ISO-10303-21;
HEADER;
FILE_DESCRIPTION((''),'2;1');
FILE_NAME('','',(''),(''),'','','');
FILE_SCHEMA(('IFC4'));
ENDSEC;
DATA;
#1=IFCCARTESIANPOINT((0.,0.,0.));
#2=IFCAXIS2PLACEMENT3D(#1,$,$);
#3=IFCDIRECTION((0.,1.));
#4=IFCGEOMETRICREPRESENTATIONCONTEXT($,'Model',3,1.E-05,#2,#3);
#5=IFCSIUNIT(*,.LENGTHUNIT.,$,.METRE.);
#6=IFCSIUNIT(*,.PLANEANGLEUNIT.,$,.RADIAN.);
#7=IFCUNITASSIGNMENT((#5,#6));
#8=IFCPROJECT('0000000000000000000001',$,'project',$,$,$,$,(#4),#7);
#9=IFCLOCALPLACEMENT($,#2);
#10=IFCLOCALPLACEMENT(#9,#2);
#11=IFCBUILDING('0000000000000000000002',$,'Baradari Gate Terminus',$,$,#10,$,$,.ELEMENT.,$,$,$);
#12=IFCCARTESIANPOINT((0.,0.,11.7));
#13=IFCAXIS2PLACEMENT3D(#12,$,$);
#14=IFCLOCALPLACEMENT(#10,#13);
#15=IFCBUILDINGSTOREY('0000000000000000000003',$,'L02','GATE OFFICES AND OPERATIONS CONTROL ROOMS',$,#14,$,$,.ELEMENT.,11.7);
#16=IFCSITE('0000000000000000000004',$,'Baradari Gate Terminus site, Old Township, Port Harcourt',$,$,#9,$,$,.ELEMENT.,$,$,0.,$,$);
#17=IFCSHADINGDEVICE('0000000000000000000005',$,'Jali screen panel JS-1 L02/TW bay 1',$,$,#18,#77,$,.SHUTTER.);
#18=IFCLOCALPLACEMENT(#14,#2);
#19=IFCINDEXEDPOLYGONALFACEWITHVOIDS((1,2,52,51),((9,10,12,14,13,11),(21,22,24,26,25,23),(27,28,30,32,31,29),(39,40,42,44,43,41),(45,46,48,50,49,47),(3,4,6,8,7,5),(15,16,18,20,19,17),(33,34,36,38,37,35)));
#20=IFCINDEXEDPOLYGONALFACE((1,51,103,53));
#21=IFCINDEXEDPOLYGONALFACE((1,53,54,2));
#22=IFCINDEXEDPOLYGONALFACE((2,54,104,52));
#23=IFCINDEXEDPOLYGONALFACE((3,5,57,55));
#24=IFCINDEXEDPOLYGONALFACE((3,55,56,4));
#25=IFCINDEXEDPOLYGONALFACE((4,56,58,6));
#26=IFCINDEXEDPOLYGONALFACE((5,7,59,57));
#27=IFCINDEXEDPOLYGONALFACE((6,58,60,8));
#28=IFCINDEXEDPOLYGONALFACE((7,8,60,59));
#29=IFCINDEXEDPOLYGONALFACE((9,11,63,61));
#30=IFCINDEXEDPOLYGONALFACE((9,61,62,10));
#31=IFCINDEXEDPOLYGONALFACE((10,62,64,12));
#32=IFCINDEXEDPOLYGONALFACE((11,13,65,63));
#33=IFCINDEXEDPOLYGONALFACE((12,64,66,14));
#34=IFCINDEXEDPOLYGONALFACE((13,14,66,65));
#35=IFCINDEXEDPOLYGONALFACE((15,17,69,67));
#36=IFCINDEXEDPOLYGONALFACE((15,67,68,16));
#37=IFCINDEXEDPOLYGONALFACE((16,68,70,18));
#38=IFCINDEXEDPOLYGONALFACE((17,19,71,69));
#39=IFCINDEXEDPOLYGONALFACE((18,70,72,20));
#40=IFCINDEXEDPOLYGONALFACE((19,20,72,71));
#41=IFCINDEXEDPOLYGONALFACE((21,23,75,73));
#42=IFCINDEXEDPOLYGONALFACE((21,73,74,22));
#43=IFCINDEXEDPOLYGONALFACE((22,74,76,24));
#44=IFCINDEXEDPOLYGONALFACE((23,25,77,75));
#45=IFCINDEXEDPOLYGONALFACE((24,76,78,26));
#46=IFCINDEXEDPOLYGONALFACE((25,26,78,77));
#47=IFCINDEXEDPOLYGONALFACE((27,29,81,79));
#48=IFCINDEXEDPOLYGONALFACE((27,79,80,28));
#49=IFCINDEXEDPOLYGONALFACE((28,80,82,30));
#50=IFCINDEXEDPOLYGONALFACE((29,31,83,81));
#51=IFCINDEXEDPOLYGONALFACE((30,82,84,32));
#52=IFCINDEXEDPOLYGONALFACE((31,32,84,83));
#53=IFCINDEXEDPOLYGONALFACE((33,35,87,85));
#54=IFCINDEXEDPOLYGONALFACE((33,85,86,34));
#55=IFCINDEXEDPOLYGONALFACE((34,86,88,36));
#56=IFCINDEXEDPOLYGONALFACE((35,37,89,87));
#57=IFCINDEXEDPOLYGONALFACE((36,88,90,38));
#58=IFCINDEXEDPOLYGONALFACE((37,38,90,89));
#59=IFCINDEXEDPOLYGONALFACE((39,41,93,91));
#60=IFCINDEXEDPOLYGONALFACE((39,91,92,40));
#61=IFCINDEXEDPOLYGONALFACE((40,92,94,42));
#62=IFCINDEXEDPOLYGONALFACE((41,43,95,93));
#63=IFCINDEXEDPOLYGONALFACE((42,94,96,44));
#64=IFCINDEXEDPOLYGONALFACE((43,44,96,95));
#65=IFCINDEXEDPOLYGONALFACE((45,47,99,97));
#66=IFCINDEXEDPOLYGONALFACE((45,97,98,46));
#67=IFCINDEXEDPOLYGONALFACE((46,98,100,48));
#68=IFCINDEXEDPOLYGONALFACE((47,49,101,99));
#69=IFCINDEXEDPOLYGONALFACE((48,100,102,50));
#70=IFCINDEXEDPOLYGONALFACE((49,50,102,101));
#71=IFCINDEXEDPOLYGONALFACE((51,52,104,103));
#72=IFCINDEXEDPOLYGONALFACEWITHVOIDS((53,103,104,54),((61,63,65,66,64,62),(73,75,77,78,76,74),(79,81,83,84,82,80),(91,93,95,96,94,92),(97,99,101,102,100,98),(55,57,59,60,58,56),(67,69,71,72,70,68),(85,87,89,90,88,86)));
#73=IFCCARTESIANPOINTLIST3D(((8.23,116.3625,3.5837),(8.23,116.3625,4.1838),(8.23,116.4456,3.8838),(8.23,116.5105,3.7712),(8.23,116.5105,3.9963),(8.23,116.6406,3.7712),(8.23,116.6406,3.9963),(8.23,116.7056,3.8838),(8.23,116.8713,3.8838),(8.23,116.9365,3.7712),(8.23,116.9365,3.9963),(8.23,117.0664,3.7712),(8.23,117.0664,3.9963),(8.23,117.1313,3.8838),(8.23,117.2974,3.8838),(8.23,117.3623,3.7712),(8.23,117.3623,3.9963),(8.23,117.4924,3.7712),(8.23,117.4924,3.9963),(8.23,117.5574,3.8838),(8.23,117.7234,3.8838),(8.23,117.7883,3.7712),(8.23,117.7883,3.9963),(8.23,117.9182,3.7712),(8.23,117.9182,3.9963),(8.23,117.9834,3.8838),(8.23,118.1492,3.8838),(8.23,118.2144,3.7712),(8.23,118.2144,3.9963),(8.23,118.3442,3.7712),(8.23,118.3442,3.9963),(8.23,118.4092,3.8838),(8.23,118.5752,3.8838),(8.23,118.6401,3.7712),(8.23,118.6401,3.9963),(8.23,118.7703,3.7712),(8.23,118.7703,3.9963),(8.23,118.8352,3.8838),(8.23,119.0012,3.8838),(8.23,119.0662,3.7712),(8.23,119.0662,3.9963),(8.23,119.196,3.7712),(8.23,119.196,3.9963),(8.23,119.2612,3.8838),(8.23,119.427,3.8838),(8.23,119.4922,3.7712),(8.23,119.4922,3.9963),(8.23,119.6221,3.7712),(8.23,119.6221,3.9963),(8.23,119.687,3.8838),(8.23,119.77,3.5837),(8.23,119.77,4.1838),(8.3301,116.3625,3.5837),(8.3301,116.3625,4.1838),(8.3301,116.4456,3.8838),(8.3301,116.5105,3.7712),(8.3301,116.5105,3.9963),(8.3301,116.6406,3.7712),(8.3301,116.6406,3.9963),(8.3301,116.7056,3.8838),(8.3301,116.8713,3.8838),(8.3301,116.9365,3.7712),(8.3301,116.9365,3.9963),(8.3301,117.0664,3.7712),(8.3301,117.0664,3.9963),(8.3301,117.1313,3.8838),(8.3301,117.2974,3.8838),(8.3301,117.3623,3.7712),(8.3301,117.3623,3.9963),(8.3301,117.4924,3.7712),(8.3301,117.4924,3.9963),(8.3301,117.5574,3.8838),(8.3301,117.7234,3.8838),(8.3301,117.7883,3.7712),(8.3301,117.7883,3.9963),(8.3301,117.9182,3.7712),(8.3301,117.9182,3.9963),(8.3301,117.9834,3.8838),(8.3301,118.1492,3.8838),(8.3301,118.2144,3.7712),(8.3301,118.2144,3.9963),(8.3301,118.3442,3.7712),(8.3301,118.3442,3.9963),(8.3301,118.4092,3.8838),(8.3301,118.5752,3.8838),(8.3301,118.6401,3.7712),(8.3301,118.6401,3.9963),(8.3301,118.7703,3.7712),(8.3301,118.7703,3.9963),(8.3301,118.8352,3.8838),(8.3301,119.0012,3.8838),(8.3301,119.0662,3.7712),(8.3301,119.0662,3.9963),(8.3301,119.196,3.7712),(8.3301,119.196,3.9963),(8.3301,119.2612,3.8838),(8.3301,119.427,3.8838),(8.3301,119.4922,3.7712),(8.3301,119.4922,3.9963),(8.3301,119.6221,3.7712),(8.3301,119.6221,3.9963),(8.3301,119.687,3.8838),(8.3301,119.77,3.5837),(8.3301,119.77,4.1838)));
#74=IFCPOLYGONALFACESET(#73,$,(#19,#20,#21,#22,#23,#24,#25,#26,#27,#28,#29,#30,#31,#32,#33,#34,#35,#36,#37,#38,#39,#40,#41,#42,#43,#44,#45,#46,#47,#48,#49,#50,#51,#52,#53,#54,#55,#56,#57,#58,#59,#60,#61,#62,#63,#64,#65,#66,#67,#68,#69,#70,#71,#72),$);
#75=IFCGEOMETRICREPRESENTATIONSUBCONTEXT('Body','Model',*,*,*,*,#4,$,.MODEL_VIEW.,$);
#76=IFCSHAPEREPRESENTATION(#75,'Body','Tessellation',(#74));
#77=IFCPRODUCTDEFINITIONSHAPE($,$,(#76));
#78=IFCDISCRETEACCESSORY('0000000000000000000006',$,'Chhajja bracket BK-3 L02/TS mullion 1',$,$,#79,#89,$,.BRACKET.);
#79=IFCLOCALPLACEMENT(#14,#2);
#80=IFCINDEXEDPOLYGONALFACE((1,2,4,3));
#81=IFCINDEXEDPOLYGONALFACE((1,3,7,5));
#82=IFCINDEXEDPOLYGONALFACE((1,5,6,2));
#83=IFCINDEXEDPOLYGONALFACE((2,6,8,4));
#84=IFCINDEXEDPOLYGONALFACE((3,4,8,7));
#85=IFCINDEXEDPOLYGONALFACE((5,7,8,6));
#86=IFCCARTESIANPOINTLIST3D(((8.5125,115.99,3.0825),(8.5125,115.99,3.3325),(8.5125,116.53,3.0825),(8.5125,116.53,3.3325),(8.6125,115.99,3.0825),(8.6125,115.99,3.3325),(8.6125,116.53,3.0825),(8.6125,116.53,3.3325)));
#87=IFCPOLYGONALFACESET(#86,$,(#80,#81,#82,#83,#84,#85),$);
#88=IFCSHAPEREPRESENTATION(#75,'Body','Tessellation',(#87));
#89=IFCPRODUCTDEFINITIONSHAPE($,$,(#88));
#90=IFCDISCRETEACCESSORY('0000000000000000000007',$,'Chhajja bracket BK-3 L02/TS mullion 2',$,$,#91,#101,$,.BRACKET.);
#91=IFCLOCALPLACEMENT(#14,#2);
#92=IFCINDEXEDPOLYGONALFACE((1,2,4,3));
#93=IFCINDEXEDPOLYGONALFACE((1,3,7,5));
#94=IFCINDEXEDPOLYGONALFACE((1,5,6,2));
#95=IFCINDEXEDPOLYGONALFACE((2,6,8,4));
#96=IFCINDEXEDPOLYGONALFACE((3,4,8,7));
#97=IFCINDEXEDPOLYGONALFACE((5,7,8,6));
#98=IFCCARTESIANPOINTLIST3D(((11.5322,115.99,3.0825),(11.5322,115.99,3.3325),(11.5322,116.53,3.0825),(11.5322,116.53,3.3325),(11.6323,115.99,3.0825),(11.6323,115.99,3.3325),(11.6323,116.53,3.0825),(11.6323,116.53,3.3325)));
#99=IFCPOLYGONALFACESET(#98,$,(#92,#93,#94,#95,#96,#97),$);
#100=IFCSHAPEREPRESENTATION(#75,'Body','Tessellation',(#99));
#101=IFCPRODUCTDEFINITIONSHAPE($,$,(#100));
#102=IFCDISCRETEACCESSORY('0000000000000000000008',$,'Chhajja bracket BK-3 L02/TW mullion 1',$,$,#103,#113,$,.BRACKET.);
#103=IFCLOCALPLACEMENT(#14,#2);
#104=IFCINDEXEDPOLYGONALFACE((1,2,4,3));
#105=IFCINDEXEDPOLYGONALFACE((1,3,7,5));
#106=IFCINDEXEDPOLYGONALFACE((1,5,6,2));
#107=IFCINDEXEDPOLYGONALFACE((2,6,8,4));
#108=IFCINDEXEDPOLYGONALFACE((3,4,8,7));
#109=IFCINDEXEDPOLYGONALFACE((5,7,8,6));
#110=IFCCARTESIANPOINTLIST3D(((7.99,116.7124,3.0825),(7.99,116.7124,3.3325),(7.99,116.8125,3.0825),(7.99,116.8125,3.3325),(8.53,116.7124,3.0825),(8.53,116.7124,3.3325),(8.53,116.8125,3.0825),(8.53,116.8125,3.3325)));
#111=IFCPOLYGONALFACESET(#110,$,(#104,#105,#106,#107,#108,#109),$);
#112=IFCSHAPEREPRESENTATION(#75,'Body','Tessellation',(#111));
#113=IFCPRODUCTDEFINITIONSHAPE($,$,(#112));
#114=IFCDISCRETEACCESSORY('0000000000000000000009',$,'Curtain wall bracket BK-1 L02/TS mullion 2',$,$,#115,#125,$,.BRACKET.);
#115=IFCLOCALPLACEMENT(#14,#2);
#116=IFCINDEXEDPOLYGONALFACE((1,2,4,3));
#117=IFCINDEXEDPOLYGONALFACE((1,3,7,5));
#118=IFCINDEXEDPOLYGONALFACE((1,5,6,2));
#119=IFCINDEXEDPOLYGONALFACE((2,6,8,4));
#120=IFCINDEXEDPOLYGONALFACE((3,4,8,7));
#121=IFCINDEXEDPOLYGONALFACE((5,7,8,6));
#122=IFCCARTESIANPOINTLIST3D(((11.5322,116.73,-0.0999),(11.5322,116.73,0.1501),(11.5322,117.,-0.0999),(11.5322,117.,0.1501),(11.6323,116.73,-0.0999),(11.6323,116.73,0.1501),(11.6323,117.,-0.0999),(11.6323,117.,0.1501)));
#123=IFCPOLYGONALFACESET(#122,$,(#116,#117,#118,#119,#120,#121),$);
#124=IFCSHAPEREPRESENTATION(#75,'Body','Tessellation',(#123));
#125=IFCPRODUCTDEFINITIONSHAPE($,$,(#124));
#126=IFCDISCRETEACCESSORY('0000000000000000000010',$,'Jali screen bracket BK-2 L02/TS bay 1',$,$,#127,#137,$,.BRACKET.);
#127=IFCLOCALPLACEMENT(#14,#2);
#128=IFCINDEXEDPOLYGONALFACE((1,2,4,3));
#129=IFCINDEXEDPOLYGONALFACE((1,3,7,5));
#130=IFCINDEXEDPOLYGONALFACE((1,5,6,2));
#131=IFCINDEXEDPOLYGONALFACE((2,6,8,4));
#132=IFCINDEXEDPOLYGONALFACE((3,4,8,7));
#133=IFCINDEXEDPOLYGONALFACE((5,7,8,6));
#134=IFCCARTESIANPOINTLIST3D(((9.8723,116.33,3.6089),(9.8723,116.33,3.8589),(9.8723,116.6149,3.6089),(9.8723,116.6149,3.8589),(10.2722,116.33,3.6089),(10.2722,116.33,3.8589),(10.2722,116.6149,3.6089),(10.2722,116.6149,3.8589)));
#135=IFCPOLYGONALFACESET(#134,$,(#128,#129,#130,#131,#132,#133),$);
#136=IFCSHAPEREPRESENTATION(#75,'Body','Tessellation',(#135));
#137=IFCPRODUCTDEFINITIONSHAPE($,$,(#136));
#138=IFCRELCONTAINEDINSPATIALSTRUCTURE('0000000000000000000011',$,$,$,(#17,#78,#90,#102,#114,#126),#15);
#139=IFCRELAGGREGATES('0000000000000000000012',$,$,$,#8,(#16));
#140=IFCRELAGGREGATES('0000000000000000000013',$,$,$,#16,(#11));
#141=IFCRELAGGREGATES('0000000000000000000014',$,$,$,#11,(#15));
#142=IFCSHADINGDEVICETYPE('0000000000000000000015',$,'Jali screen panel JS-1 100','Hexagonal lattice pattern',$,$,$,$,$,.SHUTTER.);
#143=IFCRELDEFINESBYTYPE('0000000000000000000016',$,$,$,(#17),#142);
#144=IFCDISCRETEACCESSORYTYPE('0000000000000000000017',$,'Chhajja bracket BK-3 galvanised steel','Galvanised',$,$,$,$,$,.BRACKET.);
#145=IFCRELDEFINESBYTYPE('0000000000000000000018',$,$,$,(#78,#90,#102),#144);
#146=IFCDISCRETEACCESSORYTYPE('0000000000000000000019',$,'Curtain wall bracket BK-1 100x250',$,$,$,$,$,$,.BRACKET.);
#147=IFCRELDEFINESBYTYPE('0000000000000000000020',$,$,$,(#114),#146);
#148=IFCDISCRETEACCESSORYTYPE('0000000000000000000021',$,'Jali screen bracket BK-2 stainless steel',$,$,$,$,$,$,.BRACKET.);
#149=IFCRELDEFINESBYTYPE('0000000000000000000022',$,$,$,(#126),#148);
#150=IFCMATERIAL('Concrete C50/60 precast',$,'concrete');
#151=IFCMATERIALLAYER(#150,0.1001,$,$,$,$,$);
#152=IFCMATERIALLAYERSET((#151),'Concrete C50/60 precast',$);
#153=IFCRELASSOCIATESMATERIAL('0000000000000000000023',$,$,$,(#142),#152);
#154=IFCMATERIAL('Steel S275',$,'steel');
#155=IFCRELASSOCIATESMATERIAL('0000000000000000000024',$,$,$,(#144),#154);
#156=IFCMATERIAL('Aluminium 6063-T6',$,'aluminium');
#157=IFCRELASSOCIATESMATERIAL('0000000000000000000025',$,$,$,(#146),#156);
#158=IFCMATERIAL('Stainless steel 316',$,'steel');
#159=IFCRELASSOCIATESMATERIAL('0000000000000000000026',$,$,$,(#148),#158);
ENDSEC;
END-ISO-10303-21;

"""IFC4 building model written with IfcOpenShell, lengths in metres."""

from ifc_helpers import new_model, si_unit, direction, frame, origin, origin_2d, place, context, subcontext, project, spatial, polyline, rectangle, outline, extrude, material, layer, layer_set, type_object, element, save


model = new_model("IFC4")

# Units and contexts
model_context = context("Model", 3, precision=1e-05, world=origin(), true_north=direction((0.0, 1.0)))
body_context = subcontext(model_context, "Body", "Model", "MODEL_VIEW")
ifc_project = project(units=[si_unit("LENGTHUNIT", "METRE"), si_unit("PLANEANGLEUNIT", "RADIAN")], contexts=[model_context])

# Site, building, storey
site_placement = place(None, origin())
site = spatial("IfcSite", under=ifc_project, at=site_placement, Name="Baradari Gate Terminus site, Old Township, Port Harcourt", CompositionType="ELEMENT", RefElevation=0.0)
building_placement = place(site_placement, origin())
building = spatial("IfcBuilding", under=site, at=building_placement, Name="Baradari Gate Terminus", CompositionType="ELEMENT")
storey_placement = place(building_placement, frame((0.0, 0.0, 11.7)))
storey = spatial("IfcBuildingStorey", under=building, at=storey_placement, Name="L02", Description="GATE OFFICES AND OPERATIONS CONTROL ROOMS", CompositionType="ELEMENT", Elevation=11.7)

# Shading device
ifc_material_1 = material(Name="Concrete C50/60 precast", Category="concrete")
ifc_layer_1 = layer(ifc_material_1, 0.1001)
ifc_layer_set_1 = layer_set([ifc_layer_1], Name="Concrete C50/60 precast")
shading_device_type_1 = type_object("IfcShadingDeviceType", Name="Jali screen panel JS-1 100", Description="Hexagonal lattice pattern", PredefinedType="SHUTTER", material=ifc_layer_set_1)
shading_device_1_placement = place(storey_placement, frame((8.28, 116.3625, 3.5837), z_axis=(0.0, 0.0, 1.0), x_axis=(0.0, 1.0, 0.0)))
element("IfcShadingDevice", 1, at=shading_device_1_placement, inside=storey, type_object=shading_device_type_1, Name="Jali screen panel JS-1 L02/TW bay 1", PredefinedType="SHUTTER", context=body_context, shape_type="SweptSolid", body=[
    extrude(outline(polyline([(0.0, 0.0), (3.4075, 0.0), (3.4075, 0.6001), (0.0, 0.6001), (0.0, 0.0)]), holes=[polyline([(0.343, 0.3), (0.2781, 0.1875), (0.1479, 0.1875), (0.083, 0.3), (0.1479, 0.4126), (0.2781, 0.4126), (0.343, 0.3)]), polyline([(0.7688, 0.3), (0.7039, 0.1875), (0.574, 0.1875), (0.5088, 0.3), (0.574, 0.4126), (0.7039, 0.4126), (0.7688, 0.3)]), polyline([(1.1948, 0.3), (1.1299, 0.1875), (0.9998, 0.1875), (0.9348, 0.3), (0.9998, 0.4126), (1.1299, 0.4126), (1.1948, 0.3)]), polyline([(1.6208, 0.3), (1.5557, 0.1875), (1.4258, 0.1875), (1.3608, 0.3), (1.4258, 0.4126), (1.5557, 0.4126), (1.6208, 0.3)]), polyline([(2.0466, 0.3), (1.9817, 0.1875), (1.8518, 0.1875), (1.7866, 0.3), (1.8518, 0.4126), (1.9817, 0.4126), (2.0466, 0.3)]), polyline([(2.4727, 0.3), (2.4077, 0.1875), (2.2776, 0.1875), (2.2126, 0.3), (2.2776, 0.4126), (2.4077, 0.4126), (2.4727, 0.3)]), polyline([(2.8987, 0.3), (2.8335, 0.1875), (2.7036, 0.1875), (2.6387, 0.3), (2.7036, 0.4126), (2.8335, 0.4126), (2.8987, 0.3)]), polyline([(3.3245, 0.3), (3.2595, 0.1875), (3.1296, 0.1875), (3.0645, 0.3), (3.1296, 0.4126), (3.2595, 0.4126), (3.3245, 0.3)])]), frame((0.0, 0.05, 0.0), z_axis=(0.0, -1.0, 0.0), x_axis=(1.0, 0.0, 0.0)), (0.0, 0.0, 1.0), 0.1001),
])

# Discrete accessories
ifc_material_2 = material(Name="Steel S275", Category="steel")
discrete_accessory_type_1 = type_object("IfcDiscreteAccessoryType", Name="Chhajja bracket BK-3 galvanised steel", Description="Galvanised", PredefinedType="BRACKET", material=ifc_material_2)
for number, where, z_axis, x_axis, name in (
    (2, (8.5625, 116.26, 3.0825), (0.0, 0.0, 1.0), (0.0, -1.0, 0.0), "Chhajja bracket BK-3 L02/TS mullion 1"),
    (3, (11.5823, 116.26, 3.0825), (0.0, 0.0, 1.0), (0.0, -1.0, 0.0), "Chhajja bracket BK-3 L02/TS mullion 2"),
    (4, (8.26, 116.7625, 3.0825), (0.0, 0.0, 1.0), (-1.0, 0.0, 0.0), "Chhajja bracket BK-3 L02/TW mullion 1"),
):
    element("IfcDiscreteAccessory", number, at=place(storey_placement, frame(where, z_axis=z_axis, x_axis=x_axis)), inside=storey, type_object=discrete_accessory_type_1, Name=name, PredefinedType="BRACKET", context=body_context, shape_type="SweptSolid", body=[
        extrude(rectangle(XDim=0.54, YDim=0.1001, at=origin_2d()), origin(), (0.0, 0.0, 1.0), 0.25),
    ])
ifc_material_3 = material(Name="Aluminium 6063-T6", Category="aluminium")
discrete_accessory_type_2 = type_object("IfcDiscreteAccessoryType", Name="Curtain wall bracket BK-1 100x250", PredefinedType="BRACKET", material=ifc_material_3)
discrete_accessory_1_placement = place(storey_placement, frame((11.5823, 116.865, -0.0999), z_axis=(0.0, 0.0, 1.0), x_axis=(0.0, -1.0, 0.0)))
element("IfcDiscreteAccessory", 5, at=discrete_accessory_1_placement, inside=storey, type_object=discrete_accessory_type_2, Name="Curtain wall bracket BK-1 L02/TS mullion 2", PredefinedType="BRACKET", context=body_context, shape_type="SweptSolid", body=[
    extrude(rectangle(XDim=0.27, YDim=0.1001, at=origin_2d()), origin(), (0.0, 0.0, 1.0), 0.25),
])
ifc_material_4 = material(Name="Stainless steel 316", Category="steel")
discrete_accessory_type_3 = type_object("IfcDiscreteAccessoryType", Name="Jali screen bracket BK-2 stainless steel", PredefinedType="BRACKET", material=ifc_material_4)
discrete_accessory_2_placement = place(storey_placement, frame((10.0723, 116.4724, 3.6089), z_axis=(0.0, 0.0, 1.0), x_axis=(0.0, -1.0, 0.0)))
element("IfcDiscreteAccessory", 6, at=discrete_accessory_2_placement, inside=storey, type_object=discrete_accessory_type_3, Name="Jali screen bracket BK-2 L02/TS bay 1", PredefinedType="BRACKET", context=body_context, shape_type="SweptSolid", body=[
    extrude(rectangle(XDim=0.2849, YDim=0.3999, at=origin_2d()), origin(), (0.0, 0.0, 1.0), 0.25),
])

save(model, "model.ifc")
